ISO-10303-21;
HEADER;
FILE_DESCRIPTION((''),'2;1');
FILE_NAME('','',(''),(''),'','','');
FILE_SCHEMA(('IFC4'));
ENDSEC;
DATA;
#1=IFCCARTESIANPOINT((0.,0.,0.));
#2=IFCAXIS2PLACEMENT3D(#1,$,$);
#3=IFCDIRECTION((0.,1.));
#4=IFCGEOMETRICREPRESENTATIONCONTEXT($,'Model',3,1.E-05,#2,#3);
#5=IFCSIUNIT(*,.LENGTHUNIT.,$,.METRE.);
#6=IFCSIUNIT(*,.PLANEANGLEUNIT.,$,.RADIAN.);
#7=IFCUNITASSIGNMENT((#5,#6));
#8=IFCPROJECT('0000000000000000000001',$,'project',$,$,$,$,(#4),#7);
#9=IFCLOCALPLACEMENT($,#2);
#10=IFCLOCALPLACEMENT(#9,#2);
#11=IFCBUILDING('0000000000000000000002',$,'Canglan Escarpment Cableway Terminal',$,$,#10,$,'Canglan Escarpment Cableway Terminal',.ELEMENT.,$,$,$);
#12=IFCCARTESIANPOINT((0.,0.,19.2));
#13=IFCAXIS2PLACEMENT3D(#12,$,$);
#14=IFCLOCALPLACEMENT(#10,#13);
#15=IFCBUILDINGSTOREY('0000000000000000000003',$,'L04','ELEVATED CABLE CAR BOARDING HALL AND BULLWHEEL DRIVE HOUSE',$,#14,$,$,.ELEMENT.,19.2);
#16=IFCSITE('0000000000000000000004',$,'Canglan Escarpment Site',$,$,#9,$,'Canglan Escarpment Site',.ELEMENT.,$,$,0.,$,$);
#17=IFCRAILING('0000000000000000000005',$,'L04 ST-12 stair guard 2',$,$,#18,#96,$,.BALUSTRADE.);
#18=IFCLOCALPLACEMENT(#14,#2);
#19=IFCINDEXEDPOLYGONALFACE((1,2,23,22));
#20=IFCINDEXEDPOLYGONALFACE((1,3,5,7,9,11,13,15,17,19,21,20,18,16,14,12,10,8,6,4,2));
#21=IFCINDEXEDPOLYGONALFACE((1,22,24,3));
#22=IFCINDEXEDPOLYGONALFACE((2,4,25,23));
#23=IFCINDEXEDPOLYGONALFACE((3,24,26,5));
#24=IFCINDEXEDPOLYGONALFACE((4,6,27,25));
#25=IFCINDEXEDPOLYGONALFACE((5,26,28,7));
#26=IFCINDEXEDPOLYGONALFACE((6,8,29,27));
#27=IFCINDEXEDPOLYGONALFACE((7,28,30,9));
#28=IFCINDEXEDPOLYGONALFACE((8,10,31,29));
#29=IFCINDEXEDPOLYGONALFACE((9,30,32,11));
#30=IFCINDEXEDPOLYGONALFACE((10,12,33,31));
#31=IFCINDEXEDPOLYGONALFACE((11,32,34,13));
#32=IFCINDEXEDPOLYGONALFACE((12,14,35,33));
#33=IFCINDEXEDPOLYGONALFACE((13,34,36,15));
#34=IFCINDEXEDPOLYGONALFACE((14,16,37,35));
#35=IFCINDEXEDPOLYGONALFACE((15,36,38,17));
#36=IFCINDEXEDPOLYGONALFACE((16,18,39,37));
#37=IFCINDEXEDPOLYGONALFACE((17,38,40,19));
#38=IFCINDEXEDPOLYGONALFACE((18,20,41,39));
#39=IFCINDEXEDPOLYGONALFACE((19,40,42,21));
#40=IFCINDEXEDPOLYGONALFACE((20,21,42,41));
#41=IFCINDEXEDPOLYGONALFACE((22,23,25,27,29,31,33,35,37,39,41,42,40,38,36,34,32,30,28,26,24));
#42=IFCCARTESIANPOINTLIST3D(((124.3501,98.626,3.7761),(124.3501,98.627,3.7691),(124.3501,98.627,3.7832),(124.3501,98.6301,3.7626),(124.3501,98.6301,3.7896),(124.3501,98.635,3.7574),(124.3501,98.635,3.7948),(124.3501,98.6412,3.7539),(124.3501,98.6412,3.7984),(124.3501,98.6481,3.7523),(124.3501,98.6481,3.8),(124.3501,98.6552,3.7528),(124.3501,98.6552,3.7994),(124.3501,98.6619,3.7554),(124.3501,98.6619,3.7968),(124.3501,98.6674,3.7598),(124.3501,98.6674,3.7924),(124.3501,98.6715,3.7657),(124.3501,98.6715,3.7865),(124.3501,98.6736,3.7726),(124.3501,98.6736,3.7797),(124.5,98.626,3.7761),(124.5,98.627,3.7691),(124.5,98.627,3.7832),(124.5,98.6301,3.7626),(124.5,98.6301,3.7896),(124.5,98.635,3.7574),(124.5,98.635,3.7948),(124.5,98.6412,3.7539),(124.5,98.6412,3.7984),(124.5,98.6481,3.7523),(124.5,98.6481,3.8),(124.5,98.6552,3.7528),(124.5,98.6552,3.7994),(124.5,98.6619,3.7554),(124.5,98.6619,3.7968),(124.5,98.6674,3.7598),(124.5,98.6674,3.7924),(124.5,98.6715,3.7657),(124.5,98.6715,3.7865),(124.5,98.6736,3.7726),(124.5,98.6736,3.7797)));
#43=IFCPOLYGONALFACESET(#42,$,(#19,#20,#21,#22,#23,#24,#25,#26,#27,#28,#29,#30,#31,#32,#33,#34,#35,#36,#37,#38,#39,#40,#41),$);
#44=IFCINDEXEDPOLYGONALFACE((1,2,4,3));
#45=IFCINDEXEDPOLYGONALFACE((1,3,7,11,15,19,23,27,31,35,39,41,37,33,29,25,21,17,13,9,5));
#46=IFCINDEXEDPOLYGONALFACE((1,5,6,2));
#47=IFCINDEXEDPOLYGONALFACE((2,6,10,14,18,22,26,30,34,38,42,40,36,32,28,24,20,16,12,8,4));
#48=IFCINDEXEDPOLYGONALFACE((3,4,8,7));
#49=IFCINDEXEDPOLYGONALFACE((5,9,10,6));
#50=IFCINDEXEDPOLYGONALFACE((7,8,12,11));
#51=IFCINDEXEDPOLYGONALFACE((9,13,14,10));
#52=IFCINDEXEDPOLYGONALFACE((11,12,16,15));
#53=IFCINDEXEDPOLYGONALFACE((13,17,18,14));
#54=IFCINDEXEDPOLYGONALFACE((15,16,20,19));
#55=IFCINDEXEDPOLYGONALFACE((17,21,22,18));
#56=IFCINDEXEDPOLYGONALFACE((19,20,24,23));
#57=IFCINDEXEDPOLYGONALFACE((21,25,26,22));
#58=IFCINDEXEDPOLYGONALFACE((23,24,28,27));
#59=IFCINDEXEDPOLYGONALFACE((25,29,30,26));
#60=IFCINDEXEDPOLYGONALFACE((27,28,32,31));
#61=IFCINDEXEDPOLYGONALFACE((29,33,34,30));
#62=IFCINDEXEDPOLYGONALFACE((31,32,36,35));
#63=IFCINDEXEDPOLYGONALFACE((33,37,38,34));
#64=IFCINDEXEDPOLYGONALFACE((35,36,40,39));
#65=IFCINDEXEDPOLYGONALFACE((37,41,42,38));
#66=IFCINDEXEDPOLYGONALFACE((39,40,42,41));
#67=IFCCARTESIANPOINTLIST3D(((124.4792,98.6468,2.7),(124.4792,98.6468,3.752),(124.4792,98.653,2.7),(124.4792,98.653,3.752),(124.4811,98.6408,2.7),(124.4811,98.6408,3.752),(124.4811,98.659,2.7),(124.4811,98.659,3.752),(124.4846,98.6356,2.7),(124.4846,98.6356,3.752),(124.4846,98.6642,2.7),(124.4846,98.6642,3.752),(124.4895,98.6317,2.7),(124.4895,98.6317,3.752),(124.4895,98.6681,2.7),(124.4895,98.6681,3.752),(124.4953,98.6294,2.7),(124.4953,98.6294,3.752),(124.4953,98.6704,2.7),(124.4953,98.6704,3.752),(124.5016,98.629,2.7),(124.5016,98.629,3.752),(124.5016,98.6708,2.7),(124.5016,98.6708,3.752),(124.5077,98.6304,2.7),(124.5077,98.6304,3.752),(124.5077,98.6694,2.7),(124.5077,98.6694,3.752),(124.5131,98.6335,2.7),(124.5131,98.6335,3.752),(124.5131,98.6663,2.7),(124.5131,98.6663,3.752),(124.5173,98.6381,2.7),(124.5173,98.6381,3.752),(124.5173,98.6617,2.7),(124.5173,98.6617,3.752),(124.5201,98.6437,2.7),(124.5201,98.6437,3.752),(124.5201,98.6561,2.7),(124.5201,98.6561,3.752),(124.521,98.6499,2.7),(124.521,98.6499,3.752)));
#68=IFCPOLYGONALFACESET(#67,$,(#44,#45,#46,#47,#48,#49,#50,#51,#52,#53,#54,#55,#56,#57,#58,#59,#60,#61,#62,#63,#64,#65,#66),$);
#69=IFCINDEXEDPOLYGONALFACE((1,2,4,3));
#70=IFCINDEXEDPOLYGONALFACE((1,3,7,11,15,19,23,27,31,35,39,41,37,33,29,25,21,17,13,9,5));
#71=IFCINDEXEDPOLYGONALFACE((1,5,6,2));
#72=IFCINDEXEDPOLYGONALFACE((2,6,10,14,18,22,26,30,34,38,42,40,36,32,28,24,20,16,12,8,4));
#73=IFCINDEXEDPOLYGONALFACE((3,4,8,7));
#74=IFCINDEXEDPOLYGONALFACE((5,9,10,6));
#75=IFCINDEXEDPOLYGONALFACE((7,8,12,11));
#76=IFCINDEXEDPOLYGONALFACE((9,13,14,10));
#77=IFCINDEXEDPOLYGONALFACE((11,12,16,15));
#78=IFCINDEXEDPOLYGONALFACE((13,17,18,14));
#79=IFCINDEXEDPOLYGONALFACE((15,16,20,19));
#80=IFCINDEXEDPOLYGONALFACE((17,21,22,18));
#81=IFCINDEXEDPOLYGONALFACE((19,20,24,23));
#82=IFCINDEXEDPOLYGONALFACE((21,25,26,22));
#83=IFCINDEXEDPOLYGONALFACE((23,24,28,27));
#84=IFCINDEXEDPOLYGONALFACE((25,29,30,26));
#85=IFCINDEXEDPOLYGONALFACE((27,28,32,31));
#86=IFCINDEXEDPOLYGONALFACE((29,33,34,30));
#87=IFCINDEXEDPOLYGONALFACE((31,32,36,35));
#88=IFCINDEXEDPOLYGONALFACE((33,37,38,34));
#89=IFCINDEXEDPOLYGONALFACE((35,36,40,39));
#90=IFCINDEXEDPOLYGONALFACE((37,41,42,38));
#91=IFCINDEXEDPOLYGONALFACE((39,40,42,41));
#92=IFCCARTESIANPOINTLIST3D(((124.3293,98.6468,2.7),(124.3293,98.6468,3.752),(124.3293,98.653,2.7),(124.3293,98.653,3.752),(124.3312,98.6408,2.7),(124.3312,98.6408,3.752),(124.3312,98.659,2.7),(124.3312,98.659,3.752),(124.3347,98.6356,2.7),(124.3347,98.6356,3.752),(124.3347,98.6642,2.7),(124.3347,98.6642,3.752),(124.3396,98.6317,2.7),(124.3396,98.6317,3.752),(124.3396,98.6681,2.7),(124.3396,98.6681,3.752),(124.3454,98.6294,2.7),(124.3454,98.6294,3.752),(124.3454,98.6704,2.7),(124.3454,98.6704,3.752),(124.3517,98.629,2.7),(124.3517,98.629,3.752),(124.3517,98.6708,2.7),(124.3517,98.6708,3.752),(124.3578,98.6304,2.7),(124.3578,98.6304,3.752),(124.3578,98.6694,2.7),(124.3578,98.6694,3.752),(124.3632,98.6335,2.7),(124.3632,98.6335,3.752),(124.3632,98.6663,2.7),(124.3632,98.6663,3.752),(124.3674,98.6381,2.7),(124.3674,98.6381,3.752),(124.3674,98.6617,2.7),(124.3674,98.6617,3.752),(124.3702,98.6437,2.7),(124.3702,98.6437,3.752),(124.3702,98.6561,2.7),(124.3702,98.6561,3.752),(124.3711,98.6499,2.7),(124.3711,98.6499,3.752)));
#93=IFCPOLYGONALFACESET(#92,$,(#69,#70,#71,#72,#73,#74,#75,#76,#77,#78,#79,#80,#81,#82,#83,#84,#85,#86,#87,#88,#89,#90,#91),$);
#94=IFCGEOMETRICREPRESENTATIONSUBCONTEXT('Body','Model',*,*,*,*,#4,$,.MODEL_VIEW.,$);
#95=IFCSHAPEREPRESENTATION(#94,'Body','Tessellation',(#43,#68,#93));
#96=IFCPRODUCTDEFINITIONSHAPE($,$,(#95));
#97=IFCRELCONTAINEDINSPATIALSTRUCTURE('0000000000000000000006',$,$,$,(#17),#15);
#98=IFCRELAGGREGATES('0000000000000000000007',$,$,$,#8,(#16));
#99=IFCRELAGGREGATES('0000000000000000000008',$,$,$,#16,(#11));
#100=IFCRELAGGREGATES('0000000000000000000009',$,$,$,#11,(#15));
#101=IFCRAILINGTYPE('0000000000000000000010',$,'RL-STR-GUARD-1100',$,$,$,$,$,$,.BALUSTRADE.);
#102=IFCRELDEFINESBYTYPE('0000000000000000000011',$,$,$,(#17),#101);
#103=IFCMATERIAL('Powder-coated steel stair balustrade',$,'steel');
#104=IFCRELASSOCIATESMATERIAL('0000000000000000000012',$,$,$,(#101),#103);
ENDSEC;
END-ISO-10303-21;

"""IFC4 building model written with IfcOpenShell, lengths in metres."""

from ifc_helpers import new_model, si_unit, direction, frame, origin, origin_2d, place, context, subcontext, project, spatial, circle, extrude, material, type_object, element, save


model = new_model("IFC4")

# Units and contexts
model_context = context("Model", 3, precision=1e-05, world=origin(), true_north=direction((0.0, 1.0)))
body_context = subcontext(model_context, "Body", "Model", "MODEL_VIEW")
ifc_project = project(units=[si_unit("LENGTHUNIT", "METRE"), si_unit("PLANEANGLEUNIT", "RADIAN")], contexts=[model_context])

# Site, building, storey
site_placement = place(None, origin())
site = spatial("IfcSite", under=ifc_project, at=site_placement, Name="Canglan Escarpment Site", LongName="Canglan Escarpment Site", CompositionType="ELEMENT", RefElevation=0.0)
building_placement = place(site_placement, origin())
building = spatial("IfcBuilding", under=site, at=building_placement, Name="Canglan Escarpment Cableway Terminal", LongName="Canglan Escarpment Cableway Terminal", CompositionType="ELEMENT")
storey_placement = place(building_placement, frame((0.0, 0.0, 19.2)))
storey = spatial("IfcBuildingStorey", under=building, at=storey_placement, Name="L04", Description="ELEVATED CABLE CAR BOARDING HALL AND BULLWHEEL DRIVE HOUSE", CompositionType="ELEMENT", Elevation=19.2)

# Railing
ifc_material_1 = material(Name="Powder-coated steel stair balustrade", Category="steel")
railing_type_1 = type_object("IfcRailingType", Name="RL-STR-GUARD-1100", PredefinedType="BALUSTRADE", material=ifc_material_1)
railing_1_placement = place(storey_placement, frame((124.5, 98.6499, 2.7)))
element("IfcRailing", 1, at=railing_1_placement, inside=storey, type_object=railing_type_1, Name="L04 ST-12 stair guard 2", PredefinedType="BALUSTRADE", context=body_context, shape_type="SweptSolid", body=[
    extrude(circle(Radius=0.0239, at=origin_2d()), frame((0.0, 0.0, 1.0762), z_axis=(-1.0, 0.0, 0.0), x_axis=(0.0, -1.0, 0.0)), (0.0, 0.0, 1.0), 0.1499),
    extrude(circle(Radius=0.021, at=origin_2d()), origin(), (0.0, 0.0, 1.0), 1.052),
    extrude(circle(Radius=0.021, at=origin_2d()), frame((-0.1499, 0.0, 0.0)), (0.0, 0.0, 1.0), 1.052),
])

save(model, "model.ifc")
